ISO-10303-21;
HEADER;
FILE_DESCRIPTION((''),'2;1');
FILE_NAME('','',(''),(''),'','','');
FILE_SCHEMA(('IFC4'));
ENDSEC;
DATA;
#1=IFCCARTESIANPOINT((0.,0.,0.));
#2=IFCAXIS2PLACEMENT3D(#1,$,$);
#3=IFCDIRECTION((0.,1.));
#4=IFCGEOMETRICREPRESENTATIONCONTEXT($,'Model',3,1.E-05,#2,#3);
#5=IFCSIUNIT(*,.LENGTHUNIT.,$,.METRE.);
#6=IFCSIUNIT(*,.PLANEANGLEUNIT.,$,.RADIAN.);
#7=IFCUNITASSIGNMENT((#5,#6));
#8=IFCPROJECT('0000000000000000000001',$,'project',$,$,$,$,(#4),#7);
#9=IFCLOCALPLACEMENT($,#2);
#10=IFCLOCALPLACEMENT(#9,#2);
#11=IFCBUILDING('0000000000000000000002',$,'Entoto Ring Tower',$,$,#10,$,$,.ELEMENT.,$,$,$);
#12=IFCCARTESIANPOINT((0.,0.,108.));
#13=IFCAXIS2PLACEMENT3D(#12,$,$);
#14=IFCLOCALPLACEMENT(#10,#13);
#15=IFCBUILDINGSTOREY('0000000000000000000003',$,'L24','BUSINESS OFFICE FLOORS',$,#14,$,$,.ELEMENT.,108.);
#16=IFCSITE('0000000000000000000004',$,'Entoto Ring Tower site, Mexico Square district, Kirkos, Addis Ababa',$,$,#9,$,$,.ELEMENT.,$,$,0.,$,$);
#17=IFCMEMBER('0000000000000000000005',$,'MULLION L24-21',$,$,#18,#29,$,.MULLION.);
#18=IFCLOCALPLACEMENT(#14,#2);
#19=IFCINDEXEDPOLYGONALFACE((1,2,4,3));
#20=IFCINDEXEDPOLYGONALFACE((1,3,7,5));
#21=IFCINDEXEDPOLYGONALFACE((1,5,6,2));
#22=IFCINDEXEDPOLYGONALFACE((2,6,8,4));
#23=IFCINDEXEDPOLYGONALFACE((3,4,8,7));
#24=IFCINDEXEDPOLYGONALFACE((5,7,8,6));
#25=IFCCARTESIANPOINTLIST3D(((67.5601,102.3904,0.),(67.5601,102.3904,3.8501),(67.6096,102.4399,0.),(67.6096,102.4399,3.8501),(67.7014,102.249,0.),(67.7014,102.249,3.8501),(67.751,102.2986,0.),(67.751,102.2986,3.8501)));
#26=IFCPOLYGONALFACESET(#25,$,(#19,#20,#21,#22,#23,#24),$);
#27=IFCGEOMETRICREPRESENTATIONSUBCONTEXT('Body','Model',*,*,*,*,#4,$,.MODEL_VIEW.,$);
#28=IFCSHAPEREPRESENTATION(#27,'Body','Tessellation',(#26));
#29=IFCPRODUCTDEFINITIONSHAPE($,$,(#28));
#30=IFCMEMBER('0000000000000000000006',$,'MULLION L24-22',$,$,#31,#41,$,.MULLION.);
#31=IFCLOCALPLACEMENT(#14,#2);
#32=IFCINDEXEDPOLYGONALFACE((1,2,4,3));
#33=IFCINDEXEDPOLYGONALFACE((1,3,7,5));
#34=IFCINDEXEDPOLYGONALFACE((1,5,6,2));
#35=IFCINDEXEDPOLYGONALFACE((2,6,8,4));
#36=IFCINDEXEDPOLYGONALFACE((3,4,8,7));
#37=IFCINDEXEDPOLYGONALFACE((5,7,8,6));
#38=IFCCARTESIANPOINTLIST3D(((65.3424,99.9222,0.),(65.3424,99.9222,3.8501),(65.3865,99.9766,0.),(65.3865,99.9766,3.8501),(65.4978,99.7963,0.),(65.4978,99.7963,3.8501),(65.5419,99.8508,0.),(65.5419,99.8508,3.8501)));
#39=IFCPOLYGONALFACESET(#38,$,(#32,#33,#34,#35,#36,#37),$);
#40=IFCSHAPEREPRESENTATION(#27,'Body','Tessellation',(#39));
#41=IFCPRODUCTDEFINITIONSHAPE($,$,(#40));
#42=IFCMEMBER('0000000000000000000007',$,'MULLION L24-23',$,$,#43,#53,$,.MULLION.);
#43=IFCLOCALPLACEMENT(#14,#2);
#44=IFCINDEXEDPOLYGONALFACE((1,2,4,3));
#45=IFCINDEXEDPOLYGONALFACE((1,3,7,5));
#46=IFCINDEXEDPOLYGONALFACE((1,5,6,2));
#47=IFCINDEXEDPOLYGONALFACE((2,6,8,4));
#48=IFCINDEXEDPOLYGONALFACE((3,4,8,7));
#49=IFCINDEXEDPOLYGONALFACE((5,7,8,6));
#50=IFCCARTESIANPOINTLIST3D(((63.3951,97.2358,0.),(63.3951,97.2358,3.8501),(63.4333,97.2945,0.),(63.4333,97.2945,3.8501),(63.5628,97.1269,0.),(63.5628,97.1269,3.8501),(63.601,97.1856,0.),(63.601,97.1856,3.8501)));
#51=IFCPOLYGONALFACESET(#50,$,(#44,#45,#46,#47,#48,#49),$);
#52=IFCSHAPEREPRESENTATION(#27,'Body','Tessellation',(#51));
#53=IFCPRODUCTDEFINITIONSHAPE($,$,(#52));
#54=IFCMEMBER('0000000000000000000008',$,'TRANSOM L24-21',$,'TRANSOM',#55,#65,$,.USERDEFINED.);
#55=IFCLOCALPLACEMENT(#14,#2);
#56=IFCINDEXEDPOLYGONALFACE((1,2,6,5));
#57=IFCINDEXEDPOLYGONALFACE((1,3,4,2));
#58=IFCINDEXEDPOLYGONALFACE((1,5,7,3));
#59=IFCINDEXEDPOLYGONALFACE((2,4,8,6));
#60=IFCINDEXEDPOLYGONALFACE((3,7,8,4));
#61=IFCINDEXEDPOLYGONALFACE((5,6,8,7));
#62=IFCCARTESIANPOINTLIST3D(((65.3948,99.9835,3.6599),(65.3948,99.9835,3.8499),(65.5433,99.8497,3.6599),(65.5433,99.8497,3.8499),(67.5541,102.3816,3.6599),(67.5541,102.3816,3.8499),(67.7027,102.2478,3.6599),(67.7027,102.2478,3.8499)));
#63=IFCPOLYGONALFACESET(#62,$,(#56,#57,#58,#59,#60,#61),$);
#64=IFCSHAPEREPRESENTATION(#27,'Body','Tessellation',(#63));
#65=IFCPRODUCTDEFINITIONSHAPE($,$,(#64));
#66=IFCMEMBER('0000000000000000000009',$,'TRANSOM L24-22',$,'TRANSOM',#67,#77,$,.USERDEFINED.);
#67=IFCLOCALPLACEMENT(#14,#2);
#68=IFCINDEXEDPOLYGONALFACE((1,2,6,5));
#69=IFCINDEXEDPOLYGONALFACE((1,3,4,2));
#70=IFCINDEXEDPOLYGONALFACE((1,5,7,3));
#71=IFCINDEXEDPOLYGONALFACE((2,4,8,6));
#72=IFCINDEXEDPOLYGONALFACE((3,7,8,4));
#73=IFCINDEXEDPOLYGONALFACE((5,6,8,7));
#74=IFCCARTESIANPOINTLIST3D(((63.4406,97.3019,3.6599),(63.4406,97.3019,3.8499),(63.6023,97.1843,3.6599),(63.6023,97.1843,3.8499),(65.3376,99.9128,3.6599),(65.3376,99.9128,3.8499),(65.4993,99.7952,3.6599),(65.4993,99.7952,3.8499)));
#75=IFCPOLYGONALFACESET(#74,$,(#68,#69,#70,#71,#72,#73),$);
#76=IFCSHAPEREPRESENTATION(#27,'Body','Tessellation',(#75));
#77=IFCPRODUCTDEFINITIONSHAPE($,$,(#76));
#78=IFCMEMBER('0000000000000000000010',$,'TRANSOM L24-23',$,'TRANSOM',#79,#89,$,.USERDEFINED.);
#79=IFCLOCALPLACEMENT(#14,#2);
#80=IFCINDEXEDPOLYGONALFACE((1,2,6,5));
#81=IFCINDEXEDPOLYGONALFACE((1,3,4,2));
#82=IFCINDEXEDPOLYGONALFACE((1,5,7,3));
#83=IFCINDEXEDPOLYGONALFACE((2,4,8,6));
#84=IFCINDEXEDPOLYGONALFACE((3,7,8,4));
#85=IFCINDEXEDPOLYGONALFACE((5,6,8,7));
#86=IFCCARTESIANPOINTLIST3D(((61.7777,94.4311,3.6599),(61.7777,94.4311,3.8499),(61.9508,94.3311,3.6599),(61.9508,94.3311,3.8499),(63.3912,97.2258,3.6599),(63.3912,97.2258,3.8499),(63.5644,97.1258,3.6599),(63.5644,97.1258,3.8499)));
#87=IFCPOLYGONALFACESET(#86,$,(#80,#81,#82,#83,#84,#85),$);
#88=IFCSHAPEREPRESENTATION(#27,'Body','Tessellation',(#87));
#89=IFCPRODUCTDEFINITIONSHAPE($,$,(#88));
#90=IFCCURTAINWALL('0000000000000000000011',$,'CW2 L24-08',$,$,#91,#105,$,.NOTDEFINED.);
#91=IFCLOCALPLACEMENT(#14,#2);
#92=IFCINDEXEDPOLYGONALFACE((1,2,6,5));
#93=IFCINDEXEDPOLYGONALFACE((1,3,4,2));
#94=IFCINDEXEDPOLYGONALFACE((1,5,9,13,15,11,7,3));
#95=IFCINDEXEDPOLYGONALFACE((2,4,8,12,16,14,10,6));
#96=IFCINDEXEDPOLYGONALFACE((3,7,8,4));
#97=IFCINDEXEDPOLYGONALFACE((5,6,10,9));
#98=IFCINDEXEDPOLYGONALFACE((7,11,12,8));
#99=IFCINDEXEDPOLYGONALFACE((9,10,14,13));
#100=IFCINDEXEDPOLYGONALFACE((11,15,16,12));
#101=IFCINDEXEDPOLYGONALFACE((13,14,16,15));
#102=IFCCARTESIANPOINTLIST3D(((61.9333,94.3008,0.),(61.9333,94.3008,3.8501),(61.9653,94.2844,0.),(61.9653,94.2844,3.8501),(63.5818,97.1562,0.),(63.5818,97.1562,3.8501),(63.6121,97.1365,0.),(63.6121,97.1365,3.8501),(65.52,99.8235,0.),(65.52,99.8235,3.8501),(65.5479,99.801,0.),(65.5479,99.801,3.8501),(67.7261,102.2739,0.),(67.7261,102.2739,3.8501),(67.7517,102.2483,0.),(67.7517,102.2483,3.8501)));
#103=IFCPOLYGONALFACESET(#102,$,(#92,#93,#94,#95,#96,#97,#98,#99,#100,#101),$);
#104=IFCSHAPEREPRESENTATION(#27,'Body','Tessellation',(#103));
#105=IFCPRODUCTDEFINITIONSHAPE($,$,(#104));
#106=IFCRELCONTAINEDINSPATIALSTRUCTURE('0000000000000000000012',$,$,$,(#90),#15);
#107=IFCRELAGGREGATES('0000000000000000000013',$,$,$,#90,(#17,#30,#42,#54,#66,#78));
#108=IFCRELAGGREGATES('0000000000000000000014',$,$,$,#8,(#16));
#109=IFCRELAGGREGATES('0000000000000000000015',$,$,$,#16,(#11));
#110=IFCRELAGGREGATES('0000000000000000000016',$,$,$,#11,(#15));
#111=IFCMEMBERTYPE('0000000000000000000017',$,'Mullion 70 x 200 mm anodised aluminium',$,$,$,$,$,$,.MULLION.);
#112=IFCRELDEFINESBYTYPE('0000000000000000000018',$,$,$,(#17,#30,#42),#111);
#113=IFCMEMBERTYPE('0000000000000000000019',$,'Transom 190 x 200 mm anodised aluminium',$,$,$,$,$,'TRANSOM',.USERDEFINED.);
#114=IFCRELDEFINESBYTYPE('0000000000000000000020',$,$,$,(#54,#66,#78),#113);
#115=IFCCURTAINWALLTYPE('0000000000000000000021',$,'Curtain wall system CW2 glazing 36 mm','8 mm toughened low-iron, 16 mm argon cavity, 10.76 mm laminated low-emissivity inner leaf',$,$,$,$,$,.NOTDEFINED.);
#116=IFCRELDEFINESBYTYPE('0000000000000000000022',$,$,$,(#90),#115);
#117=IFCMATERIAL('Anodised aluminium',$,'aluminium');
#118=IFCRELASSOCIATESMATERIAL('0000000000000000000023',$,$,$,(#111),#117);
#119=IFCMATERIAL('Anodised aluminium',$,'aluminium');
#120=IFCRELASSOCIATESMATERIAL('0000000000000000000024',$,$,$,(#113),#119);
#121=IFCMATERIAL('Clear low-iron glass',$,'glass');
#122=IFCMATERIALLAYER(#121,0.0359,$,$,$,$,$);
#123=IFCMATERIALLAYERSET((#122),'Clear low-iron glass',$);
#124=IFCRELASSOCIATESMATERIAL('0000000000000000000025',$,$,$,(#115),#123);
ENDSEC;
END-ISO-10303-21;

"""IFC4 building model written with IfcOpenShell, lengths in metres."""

from ifc_helpers import new_model, si_unit, direction, frame, origin, origin_2d, place, context, subcontext, project, spatial, polyline, rectangle, outline, extrude, material, layer, layer_set, material_profile, profile_set, type_object, element, aggregate, save


model = new_model("IFC4")

# Units and contexts
model_context = context("Model", 3, precision=1e-05, world=origin(), true_north=direction((0.0, 1.0)))
body_context = subcontext(model_context, "Body", "Model", "MODEL_VIEW")
ifc_project = project(units=[si_unit("LENGTHUNIT", "METRE"), si_unit("PLANEANGLEUNIT", "RADIAN")], contexts=[model_context])

# Members
ifc_material_1 = material(Name="Anodised aluminium", Category="aluminium")
ifc_material_profile_1 = material_profile(ifc_material_1, rectangle(XDim=0.0701, YDim=0.2, at=origin_2d()), Name="Mullion 70 x 200 mm anodised aluminium")
ifc_profile_set_1 = profile_set([ifc_material_profile_1], Name="Anodised aluminium")
member_type_1 = type_object("IfcMemberType", Name="Mullion 70 x 200 mm anodised aluminium", PredefinedType="MULLION", material=ifc_profile_set_1)
site_placement = place(None, origin())
building_placement = place(site_placement, origin())
storey_placement = place(building_placement, frame((0.0, 0.0, 108.0)))
member_1_placement = place(storey_placement, frame((67.6555, 102.3445, 0.0), z_axis=(0.0, 0.0, 1.0), x_axis=(-0.707107, -0.707107, 0.0)))
member_1 = element("IfcMember", 1, at=member_1_placement, type_object=member_type_1, Name="MULLION L24-21", PredefinedType="MULLION", context=body_context, shape_type="SweptSolid", body=[
    extrude(rectangle(XDim=0.0701, YDim=0.2, at=origin_2d()), origin(), (0.0, 0.0, 1.0), 3.8501),
])
member_2_placement = place(storey_placement, frame((65.4421, 99.8865, 0.0), z_axis=(0.0, 0.0, 1.0), x_axis=(-0.62932, -0.777146, 0.0)))
member_2 = element("IfcMember", 2, at=member_2_placement, type_object=member_type_1, Name="MULLION L24-22", PredefinedType="MULLION", context=body_context, shape_type="SweptSolid", body=[
    extrude(rectangle(XDim=0.0701, YDim=0.2, at=origin_2d()), origin(), (0.0, 0.0, 1.0), 3.8501),
])
member_3_placement = place(storey_placement, frame((63.498, 97.2107, 0.0), z_axis=(0.0, 0.0, 1.0), x_axis=(-0.544639, -0.838671, 0.0)))
member_3 = element("IfcMember", 3, at=member_3_placement, type_object=member_type_1, Name="MULLION L24-23", PredefinedType="MULLION", context=body_context, shape_type="SweptSolid", body=[
    extrude(rectangle(XDim=0.0701, YDim=0.2, at=origin_2d()), origin(), (0.0, 0.0, 1.0), 3.8501),
])
ifc_material_2 = material(Name="Anodised aluminium", Category="aluminium")
ifc_material_profile_2 = material_profile(ifc_material_2, rectangle(XDim=0.2, YDim=0.1899, at=origin_2d()), Name="Transom 190 x 200 mm anodised aluminium")
ifc_profile_set_2 = profile_set([ifc_material_profile_2], Name="Anodised aluminium")
member_type_2 = type_object("IfcMemberType", Name="Transom 190 x 200 mm anodised aluminium", ElementType="TRANSOM", PredefinedType="USERDEFINED", material=ifc_profile_set_2)
member_4_placement = place(storey_placement, frame((67.6284, 102.3147, 3.7549), z_axis=(-0.669144, -0.743132, 0.0), x_axis=(0.743132, -0.669144, 0.0)))
member_4 = element("IfcMember", 4, at=member_4_placement, type_object=member_type_2, Name="TRANSOM L24-21", ObjectType="TRANSOM", PredefinedType="USERDEFINED", context=body_context, shape_type="SweptSolid", body=[
    extrude(rectangle(XDim=0.2, YDim=0.1899, at=origin_2d()), origin(), (0.0, 0.0, 1.0), 3.2271),
])
member_5_placement = place(storey_placement, frame((65.4185, 99.854, 3.7549), z_axis=(-0.587803, -0.809004, 0.0), x_axis=(0.809004, -0.587803, 0.0)))
member_5 = element("IfcMember", 5, at=member_5_placement, type_object=member_type_2, Name="TRANSOM L24-22", ObjectType="TRANSOM", PredefinedType="USERDEFINED", context=body_context, shape_type="SweptSolid", body=[
    extrude(rectangle(XDim=0.2, YDim=0.1899, at=origin_2d()), origin(), (0.0, 0.0, 1.0), 3.2273),
])
member_6_placement = place(storey_placement, frame((63.4778, 97.1758, 3.7549), z_axis=(-0.500004, -0.866023, 0.0), x_axis=(0.866023, -0.500004, 0.0)))
member_6 = element("IfcMember", 6, at=member_6_placement, type_object=member_type_2, Name="TRANSOM L24-23", ObjectType="TRANSOM", PredefinedType="USERDEFINED", context=body_context, shape_type="SweptSolid", body=[
    extrude(rectangle(XDim=0.2, YDim=0.1899, at=origin_2d()), origin(), (0.0, 0.0, 1.0), 3.2271),
])

# Site, building, storey
site = spatial("IfcSite", under=ifc_project, at=site_placement, Name="Entoto Ring Tower site, Mexico Square district, Kirkos, Addis Ababa", CompositionType="ELEMENT", RefElevation=0.0)
building = spatial("IfcBuilding", under=site, at=building_placement, Name="Entoto Ring Tower", CompositionType="ELEMENT")
storey = spatial("IfcBuildingStorey", under=building, at=storey_placement, Name="L24", Description="BUSINESS OFFICE FLOORS", CompositionType="ELEMENT", Elevation=108.0)

# Curtain wall
ifc_material_3 = material(Name="Clear low-iron glass", Category="glass")
ifc_layer = layer(ifc_material_3, 0.0359)
ifc_layer_set = layer_set([ifc_layer], Name="Clear low-iron glass")
curtain_wall_type = type_object("IfcCurtainWallType", Name="Curtain wall system CW2 glazing 36 mm", Description="8 mm toughened low-iron, 16 mm argon cavity, 10.76 mm laminated low-emissivity inner leaf", PredefinedType="NOTDEFINED", material=ifc_layer_set)
curtain_wall_1_placement = place(storey_placement, origin())
curtain_wall_1 = element("IfcCurtainWall", 7, at=curtain_wall_1_placement, inside=storey, type_object=curtain_wall_type, Name="CW2 L24-08", PredefinedType="NOTDEFINED", context=body_context, shape_type="SweptSolid", body=[
    extrude(outline(polyline([(67.7261, 102.2739), (65.52, 99.8235), (63.5818, 97.1562), (61.9333, 94.3008), (61.9653, 94.2844), (63.6121, 97.1365), (65.5479, 99.801), (67.7517, 102.2483), (67.7261, 102.2739)])), origin(), (0.0, 0.0, 1.0), 3.8501),
])
aggregate(curtain_wall_1, [member_1, member_2, member_3, member_4, member_5, member_6])

save(model, "model.ifc")
